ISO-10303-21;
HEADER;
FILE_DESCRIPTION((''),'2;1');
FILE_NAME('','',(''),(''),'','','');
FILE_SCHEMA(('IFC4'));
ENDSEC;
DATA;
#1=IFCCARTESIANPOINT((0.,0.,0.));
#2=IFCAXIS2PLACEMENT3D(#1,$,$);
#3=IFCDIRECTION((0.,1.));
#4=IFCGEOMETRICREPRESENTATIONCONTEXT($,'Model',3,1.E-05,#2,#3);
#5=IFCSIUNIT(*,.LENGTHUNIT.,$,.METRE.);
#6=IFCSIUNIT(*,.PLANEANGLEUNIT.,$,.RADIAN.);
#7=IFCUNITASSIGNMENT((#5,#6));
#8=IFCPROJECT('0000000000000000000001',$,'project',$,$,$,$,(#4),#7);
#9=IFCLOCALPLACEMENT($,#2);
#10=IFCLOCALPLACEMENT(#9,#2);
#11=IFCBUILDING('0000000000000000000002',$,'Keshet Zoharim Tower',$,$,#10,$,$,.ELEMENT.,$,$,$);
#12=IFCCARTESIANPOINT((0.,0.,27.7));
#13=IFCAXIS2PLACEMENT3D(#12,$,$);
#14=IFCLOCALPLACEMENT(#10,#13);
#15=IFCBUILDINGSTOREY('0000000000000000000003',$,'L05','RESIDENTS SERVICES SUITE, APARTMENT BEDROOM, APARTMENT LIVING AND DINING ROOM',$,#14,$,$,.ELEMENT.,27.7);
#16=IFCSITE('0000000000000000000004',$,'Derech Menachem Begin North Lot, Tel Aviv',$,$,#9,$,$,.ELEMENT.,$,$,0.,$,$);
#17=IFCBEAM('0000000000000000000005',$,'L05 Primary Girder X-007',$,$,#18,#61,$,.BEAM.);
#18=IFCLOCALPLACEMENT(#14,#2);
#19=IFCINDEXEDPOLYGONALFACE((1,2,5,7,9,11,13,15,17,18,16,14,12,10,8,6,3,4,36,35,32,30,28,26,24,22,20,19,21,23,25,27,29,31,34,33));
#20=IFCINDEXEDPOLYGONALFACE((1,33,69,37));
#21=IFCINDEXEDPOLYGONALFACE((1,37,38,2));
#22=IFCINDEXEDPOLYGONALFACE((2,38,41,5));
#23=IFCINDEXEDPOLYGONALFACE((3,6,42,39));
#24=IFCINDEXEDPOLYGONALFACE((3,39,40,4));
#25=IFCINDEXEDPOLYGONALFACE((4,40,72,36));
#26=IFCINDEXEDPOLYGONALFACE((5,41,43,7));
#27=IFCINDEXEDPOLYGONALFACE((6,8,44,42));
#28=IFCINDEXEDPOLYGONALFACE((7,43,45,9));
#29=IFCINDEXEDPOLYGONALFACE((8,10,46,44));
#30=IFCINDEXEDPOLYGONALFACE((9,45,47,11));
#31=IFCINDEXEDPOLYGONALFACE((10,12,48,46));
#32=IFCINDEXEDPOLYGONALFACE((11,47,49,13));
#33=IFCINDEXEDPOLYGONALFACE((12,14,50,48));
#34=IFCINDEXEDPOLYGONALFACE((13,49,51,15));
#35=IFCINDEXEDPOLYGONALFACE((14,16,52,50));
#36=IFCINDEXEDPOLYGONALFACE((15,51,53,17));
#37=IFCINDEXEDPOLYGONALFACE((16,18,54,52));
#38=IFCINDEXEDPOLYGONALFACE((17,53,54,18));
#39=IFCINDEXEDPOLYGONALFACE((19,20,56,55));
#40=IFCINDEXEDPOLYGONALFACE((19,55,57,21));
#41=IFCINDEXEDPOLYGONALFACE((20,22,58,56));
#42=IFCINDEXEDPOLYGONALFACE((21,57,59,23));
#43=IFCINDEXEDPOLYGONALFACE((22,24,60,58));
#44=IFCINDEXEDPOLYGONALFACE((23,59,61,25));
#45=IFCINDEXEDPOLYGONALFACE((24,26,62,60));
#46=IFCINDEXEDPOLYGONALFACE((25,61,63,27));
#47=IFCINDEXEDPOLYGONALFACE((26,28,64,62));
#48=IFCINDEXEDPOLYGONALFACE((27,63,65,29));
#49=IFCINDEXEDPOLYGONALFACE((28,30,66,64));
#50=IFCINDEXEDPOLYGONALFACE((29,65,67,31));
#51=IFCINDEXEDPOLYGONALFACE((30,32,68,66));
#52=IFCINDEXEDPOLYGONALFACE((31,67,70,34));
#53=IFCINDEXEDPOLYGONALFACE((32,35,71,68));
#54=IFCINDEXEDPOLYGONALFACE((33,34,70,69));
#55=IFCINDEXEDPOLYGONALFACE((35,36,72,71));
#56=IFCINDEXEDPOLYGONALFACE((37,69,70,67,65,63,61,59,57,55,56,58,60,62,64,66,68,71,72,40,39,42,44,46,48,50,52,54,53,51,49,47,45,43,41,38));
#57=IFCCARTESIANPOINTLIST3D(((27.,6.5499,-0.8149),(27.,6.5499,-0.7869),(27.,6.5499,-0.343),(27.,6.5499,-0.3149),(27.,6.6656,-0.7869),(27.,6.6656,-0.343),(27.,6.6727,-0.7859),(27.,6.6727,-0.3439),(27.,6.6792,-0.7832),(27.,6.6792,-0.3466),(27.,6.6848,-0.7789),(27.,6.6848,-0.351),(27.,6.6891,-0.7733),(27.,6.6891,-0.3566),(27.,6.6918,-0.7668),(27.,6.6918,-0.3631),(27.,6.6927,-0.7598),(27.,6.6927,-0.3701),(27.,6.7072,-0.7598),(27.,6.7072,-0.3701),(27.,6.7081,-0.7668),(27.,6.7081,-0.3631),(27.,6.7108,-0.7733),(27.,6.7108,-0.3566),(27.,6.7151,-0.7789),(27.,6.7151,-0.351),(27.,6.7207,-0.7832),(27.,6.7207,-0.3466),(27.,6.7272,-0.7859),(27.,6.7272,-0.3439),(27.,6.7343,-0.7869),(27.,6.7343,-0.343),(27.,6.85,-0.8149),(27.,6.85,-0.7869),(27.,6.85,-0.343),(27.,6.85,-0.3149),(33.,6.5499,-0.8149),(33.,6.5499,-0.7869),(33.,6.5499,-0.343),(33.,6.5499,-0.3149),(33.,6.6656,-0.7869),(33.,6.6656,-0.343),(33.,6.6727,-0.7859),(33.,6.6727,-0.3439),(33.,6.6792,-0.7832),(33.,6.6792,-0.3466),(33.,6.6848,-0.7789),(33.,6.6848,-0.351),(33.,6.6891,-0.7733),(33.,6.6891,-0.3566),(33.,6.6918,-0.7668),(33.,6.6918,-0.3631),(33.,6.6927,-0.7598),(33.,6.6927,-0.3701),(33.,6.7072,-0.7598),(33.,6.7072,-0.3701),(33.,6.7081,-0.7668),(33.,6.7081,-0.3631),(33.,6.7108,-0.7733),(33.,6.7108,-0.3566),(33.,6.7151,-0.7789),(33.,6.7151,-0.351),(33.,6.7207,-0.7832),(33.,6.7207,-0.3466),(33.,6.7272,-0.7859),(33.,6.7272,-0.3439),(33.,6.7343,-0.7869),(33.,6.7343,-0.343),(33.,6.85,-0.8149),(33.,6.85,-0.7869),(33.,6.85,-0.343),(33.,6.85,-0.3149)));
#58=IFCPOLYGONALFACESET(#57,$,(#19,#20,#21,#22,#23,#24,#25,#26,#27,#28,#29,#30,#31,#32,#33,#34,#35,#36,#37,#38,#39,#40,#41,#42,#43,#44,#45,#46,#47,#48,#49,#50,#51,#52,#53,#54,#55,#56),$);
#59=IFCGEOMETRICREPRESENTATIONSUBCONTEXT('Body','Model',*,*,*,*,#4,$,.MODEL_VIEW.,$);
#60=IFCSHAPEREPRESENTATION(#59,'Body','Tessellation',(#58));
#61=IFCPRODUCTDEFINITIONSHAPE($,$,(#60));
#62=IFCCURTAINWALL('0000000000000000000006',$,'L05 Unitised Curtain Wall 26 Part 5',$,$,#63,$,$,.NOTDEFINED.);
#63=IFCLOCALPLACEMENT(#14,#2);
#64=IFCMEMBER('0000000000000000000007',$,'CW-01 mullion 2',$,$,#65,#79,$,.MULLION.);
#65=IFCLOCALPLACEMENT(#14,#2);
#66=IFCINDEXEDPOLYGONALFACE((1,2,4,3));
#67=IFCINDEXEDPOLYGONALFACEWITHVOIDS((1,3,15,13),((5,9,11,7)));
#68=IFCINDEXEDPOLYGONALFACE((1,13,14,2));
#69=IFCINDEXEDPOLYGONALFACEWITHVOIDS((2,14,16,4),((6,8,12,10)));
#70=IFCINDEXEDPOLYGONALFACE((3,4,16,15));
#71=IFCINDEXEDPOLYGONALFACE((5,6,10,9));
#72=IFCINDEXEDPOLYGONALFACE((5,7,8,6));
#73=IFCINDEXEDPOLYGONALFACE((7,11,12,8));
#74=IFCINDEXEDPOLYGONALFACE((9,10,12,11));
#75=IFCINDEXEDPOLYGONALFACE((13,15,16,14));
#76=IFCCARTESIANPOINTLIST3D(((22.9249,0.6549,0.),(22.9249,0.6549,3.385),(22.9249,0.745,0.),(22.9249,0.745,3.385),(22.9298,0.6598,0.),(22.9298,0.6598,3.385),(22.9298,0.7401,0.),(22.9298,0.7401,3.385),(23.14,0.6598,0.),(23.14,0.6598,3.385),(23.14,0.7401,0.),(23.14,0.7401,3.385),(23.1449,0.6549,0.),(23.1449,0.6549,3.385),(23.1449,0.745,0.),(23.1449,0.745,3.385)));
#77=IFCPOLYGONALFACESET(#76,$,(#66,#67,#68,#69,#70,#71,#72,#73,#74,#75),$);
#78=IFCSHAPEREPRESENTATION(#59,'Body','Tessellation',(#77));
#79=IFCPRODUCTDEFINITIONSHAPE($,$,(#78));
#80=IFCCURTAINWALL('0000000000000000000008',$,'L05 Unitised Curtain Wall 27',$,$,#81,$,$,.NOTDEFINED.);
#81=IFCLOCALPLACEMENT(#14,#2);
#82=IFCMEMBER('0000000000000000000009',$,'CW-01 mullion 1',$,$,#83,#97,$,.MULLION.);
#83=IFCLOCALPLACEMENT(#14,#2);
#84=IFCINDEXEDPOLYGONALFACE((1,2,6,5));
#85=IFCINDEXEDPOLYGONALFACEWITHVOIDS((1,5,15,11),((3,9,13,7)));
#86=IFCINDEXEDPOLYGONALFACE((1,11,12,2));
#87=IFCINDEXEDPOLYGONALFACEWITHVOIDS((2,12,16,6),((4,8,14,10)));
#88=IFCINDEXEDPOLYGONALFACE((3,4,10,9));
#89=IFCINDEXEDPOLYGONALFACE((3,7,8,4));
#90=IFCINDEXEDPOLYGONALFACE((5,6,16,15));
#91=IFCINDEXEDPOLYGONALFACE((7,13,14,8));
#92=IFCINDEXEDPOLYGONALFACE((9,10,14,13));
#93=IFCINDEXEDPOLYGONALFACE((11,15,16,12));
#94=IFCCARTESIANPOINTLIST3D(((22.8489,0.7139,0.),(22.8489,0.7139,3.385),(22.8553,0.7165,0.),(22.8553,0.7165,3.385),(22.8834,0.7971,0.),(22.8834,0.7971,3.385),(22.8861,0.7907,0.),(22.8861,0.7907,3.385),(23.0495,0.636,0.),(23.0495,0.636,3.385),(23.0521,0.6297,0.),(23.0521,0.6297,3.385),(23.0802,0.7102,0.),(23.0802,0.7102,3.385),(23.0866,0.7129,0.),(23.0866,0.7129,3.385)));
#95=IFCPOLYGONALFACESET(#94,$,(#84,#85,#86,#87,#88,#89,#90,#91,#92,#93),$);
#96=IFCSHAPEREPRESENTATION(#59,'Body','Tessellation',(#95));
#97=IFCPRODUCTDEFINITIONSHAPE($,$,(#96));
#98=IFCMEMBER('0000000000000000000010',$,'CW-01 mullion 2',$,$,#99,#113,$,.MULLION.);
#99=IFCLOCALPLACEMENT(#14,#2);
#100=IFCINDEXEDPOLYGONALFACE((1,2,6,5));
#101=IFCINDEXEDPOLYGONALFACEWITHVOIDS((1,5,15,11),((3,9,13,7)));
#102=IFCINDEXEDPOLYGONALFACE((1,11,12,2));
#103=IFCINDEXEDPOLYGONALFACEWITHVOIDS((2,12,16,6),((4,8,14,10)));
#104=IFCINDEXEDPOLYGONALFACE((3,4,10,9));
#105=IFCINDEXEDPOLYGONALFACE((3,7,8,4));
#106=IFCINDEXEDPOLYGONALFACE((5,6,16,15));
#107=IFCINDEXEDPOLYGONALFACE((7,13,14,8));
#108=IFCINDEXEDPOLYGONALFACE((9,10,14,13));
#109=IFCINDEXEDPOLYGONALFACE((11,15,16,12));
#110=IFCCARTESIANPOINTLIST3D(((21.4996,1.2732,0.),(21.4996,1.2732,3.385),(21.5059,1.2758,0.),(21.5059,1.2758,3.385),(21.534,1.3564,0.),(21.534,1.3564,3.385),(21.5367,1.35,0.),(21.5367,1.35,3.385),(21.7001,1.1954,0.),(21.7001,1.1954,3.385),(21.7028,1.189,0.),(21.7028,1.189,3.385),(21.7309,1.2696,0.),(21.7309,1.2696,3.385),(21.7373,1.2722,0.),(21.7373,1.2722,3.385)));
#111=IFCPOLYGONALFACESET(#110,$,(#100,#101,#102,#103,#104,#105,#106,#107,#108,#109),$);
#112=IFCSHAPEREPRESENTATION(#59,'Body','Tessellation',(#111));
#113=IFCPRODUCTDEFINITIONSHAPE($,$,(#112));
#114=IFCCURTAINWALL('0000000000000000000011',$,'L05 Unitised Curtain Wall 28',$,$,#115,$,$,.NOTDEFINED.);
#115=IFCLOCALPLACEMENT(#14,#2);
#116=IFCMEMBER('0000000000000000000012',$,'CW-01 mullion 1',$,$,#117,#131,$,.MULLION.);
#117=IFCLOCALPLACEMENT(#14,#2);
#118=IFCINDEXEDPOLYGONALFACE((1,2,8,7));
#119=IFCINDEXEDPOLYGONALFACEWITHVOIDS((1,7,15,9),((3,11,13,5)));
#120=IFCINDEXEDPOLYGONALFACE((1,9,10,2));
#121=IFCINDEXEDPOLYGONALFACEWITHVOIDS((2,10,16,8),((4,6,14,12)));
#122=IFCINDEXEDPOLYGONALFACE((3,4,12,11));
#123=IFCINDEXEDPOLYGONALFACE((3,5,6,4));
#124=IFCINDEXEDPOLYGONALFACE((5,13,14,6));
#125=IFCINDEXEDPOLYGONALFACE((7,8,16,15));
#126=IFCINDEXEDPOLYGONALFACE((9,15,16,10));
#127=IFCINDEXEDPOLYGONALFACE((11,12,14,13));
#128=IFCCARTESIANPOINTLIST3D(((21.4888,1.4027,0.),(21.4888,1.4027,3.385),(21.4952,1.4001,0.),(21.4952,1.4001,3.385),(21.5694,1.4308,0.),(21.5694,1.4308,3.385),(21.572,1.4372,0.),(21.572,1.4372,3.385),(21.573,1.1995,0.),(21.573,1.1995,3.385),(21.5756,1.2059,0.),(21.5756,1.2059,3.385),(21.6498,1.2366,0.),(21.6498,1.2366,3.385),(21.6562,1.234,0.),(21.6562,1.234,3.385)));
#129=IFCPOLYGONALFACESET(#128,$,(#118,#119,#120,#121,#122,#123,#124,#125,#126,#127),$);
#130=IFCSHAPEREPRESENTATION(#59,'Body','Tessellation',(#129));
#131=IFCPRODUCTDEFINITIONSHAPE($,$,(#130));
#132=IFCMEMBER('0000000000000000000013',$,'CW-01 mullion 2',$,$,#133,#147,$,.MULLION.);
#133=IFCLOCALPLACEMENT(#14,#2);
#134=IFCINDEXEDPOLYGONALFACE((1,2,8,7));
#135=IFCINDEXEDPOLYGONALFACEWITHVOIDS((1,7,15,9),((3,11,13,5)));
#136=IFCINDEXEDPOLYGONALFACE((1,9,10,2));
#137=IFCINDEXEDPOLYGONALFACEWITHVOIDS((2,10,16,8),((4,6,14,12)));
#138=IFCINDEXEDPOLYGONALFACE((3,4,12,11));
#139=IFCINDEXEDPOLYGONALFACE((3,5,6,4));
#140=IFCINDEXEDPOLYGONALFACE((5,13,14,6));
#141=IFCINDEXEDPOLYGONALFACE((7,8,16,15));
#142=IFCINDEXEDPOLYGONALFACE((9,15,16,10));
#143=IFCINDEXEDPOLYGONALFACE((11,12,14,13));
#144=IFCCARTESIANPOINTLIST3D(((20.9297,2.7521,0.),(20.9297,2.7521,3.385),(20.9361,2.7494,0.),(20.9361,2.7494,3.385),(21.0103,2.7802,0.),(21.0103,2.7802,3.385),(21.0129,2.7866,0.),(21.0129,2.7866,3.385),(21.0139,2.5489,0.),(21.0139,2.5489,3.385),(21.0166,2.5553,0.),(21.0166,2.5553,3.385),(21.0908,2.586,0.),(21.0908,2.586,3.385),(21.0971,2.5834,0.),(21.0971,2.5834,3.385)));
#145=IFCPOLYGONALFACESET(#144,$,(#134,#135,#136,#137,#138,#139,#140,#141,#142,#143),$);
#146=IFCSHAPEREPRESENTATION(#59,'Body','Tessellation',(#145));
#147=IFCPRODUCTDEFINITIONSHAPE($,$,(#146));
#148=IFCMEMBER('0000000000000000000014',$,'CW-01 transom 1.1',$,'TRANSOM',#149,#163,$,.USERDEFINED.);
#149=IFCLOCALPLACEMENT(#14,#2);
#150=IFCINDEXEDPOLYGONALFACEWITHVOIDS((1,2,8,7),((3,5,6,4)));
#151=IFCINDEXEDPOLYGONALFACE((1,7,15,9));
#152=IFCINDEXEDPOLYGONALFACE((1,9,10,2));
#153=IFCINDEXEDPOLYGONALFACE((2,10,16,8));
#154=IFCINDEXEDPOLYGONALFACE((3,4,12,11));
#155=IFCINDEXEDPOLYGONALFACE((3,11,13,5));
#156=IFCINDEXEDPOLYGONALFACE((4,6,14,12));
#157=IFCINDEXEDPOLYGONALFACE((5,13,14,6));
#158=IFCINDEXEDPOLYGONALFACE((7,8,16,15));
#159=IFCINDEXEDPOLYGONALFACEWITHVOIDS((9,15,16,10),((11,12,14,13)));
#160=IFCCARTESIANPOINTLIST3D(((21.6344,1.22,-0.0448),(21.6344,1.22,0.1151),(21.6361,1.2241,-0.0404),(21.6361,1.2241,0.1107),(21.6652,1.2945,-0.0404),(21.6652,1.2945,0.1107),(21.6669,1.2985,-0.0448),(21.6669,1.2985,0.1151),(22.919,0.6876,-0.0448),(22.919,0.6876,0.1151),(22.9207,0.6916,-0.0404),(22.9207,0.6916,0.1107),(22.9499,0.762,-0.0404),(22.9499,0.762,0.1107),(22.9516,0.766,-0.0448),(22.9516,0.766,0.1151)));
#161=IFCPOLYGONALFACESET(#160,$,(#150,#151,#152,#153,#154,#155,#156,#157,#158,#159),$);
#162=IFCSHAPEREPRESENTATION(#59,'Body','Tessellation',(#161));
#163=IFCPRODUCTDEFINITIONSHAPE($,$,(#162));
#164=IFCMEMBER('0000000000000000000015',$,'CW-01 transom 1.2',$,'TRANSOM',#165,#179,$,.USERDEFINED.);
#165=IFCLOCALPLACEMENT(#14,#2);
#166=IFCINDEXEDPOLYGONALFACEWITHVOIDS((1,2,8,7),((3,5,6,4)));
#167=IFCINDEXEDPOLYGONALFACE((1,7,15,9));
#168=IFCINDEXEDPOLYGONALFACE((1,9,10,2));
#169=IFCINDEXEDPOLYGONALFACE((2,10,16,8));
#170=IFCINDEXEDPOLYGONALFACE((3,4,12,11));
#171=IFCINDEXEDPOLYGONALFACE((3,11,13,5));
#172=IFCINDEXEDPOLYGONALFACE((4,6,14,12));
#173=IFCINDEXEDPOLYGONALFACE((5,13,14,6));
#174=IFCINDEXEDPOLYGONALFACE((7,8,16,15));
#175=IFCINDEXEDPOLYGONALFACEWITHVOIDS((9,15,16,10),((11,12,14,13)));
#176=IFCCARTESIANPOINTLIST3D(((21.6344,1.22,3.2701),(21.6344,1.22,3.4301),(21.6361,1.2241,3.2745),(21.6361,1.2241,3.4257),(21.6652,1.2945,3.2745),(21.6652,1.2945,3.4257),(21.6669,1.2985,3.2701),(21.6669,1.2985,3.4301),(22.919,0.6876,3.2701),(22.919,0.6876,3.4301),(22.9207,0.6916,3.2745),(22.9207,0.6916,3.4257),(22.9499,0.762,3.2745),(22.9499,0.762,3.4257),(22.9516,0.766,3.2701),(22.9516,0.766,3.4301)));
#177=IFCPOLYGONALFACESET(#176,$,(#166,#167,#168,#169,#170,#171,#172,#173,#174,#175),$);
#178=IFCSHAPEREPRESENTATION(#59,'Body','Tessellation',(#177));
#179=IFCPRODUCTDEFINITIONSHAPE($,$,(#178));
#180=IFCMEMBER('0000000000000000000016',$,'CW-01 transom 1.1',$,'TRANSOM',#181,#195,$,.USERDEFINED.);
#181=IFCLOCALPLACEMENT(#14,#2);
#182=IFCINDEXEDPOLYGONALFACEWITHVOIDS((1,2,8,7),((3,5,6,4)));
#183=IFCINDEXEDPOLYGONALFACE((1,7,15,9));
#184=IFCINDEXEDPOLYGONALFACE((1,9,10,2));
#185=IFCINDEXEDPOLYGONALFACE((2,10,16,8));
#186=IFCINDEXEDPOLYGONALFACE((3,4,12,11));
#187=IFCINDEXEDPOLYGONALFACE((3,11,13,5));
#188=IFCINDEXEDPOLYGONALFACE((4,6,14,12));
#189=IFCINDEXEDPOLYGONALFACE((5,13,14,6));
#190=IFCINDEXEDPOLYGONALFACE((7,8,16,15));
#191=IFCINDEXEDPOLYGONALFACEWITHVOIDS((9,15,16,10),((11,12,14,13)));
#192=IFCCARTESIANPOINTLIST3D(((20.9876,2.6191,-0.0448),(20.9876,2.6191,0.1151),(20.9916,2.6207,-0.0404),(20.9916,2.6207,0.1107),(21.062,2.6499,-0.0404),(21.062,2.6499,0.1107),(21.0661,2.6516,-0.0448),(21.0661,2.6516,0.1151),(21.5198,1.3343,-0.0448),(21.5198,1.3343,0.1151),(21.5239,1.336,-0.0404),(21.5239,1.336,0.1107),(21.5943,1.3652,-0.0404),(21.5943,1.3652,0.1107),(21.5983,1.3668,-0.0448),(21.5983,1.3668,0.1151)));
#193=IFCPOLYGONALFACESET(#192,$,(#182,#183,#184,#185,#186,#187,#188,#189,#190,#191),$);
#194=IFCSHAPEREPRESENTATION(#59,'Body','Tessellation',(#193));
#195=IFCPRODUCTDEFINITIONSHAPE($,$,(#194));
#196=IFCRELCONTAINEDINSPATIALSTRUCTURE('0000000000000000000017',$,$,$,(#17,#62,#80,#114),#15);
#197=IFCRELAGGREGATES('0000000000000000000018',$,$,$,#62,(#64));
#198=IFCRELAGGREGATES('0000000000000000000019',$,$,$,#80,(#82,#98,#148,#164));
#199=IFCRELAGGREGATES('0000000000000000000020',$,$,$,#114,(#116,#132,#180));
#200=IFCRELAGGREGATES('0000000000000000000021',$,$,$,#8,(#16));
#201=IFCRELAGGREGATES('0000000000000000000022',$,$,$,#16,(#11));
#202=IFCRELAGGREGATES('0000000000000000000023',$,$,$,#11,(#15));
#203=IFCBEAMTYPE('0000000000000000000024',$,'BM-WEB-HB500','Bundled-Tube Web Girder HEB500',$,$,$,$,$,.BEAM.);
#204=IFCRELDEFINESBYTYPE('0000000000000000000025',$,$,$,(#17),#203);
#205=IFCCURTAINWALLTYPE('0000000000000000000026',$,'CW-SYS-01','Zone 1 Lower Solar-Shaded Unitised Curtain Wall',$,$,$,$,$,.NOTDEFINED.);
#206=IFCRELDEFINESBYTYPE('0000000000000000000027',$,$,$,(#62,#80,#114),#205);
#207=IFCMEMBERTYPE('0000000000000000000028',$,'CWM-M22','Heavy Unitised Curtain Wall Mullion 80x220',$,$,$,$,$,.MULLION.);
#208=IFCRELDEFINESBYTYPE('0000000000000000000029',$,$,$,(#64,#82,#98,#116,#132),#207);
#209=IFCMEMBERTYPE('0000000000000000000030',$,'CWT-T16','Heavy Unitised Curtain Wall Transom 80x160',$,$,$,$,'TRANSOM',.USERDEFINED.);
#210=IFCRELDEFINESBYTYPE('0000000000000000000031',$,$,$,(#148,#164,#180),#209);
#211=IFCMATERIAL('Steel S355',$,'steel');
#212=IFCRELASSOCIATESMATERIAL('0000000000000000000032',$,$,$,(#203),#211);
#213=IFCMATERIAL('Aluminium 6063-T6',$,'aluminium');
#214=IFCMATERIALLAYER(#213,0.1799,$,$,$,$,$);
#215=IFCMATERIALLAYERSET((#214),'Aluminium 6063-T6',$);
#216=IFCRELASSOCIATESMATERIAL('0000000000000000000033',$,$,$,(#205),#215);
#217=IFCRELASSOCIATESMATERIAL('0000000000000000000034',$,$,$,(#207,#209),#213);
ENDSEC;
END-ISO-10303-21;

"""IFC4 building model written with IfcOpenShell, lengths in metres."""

from ifc_helpers import new_model, si_unit, direction, frame, origin, origin_2d, place, context, subcontext, project, spatial, hollow_rectangle, i_section, extrude, material, layer, layer_set, material_profile, profile_set, type_object, element, aggregate, save


model = new_model("IFC4")

# Units and contexts
model_context = context("Model", 3, precision=1e-05, world=origin(), true_north=direction((0.0, 1.0)))
body_context = subcontext(model_context, "Body", "Model", "MODEL_VIEW")
ifc_project = project(units=[si_unit("LENGTHUNIT", "METRE"), si_unit("PLANEANGLEUNIT", "RADIAN")], contexts=[model_context])

# Site, building, storey
site_placement = place(None, origin())
site = spatial("IfcSite", under=ifc_project, at=site_placement, Name="Derech Menachem Begin North Lot, Tel Aviv", CompositionType="ELEMENT", RefElevation=0.0)
building_placement = place(site_placement, origin())
building = spatial("IfcBuilding", under=site, at=building_placement, Name="Keshet Zoharim Tower", CompositionType="ELEMENT")
storey_placement = place(building_placement, frame((0.0, 0.0, 27.7)))
storey = spatial("IfcBuildingStorey", under=building, at=storey_placement, Name="L05", Description="RESIDENTS SERVICES SUITE, APARTMENT BEDROOM, APARTMENT LIVING AND DINING ROOM", CompositionType="ELEMENT", Elevation=27.7)

# Shared definitions
ifc_material_1 = material(Name="Steel S355", Category="steel")

# Beam
ifc_material_profile_1 = material_profile(ifc_material_1, i_section(OverallWidth=0.3, OverallDepth=0.5, WebThickness=0.0144, FlangeThickness=0.0281, FilletRadius=0.0271, at=origin_2d()), Name="HEB500")
ifc_profile_set_1 = profile_set([ifc_material_profile_1], Name="Steel S355")
beam_type_1 = type_object("IfcBeamType", Name="BM-WEB-HB500", Description="Bundled-Tube Web Girder HEB500", PredefinedType="BEAM", material=ifc_profile_set_1)
for number, where, z_axis, x_axis, name in (
    (1, (27.0, 6.7, -0.5649), (1.0, 0.0, 0.0), (0.0, 1.0, 0.0), "L05 Primary Girder X-007"),
):
    element("IfcBeam", number, at=place(storey_placement, frame(where, z_axis=z_axis, x_axis=x_axis)), inside=storey, type_object=beam_type_1, Name=name, PredefinedType="BEAM", context=body_context, shape_type="SweptSolid", body=[
        extrude(i_section(OverallWidth=0.3, OverallDepth=0.5, WebThickness=0.0144, FlangeThickness=0.0281, FilletRadius=0.0271, at=origin_2d()), origin(), (0.0, 0.0, 1.0), 6.0),
    ])

# Curtain wall, member
ifc_material_2 = material(Name="Aluminium 6063-T6", Category="aluminium")
ifc_layer_1 = layer(ifc_material_2, 0.1799)
ifc_layer_set_1 = layer_set([ifc_layer_1], Name="Aluminium 6063-T6")
curtain_wall_type = type_object("IfcCurtainWallType", Name="CW-SYS-01", Description="Zone 1 Lower Solar-Shaded Unitised Curtain Wall", PredefinedType="NOTDEFINED", material=ifc_layer_set_1)
curtain_wall_1_placement = place(storey_placement, origin())
curtain_wall_1 = element("IfcCurtainWall", 2, at=curtain_wall_1_placement, inside=storey, type_object=curtain_wall_type, Name="L05 Unitised Curtain Wall 26 Part 5", PredefinedType="NOTDEFINED")
ifc_material_profile_2 = material_profile(ifc_material_2, hollow_rectangle(XDim=0.0901, YDim=0.22, WallThickness=0.0049, at=origin_2d()), Name="MUL-90x220")
ifc_profile_set_2 = profile_set([ifc_material_profile_2], Name="Aluminium 6063-T6")
member_type_1 = type_object("IfcMemberType", Name="CWM-M22", Description="Heavy Unitised Curtain Wall Mullion 80x220", PredefinedType="MULLION", material=ifc_profile_set_2)
member_1_placement = place(storey_placement, frame((23.0349, 0.7, 0.0), z_axis=(0.0, 0.0, 1.0), x_axis=(0.0, -1.0, 0.0)))
member_1 = element("IfcMember", 3, at=member_1_placement, type_object=member_type_1, Name="CW-01 mullion 2", PredefinedType="MULLION", context=body_context, shape_type="SweptSolid", body=[
    extrude(hollow_rectangle(XDim=0.0901, YDim=0.22, WallThickness=0.0049, at=origin_2d()), origin(), (0.0, 0.0, 1.0), 3.385),
])
aggregate(curtain_wall_1, [member_1])

# Curtain walls, members
curtain_wall_2_placement = place(storey_placement, origin())
curtain_wall_2 = element("IfcCurtainWall", 4, at=curtain_wall_2_placement, inside=storey, type_object=curtain_wall_type, Name="L05 Unitised Curtain Wall 27", PredefinedType="NOTDEFINED")
member_2_placement = place(storey_placement, frame((22.9678, 0.7134, 0.0), z_axis=(0.0, 0.0, 1.0), x_axis=(-0.382852, -0.92381, 0.0)))
member_2 = element("IfcMember", 5, at=member_2_placement, type_object=member_type_1, Name="CW-01 mullion 1", PredefinedType="MULLION", context=body_context, shape_type="SweptSolid", body=[
    extrude(hollow_rectangle(XDim=0.0901, YDim=0.22, WallThickness=0.0049, at=origin_2d()), origin(), (0.0, 0.0, 1.0), 3.385),
])
member_3_placement = place(storey_placement, frame((21.6184, 1.2727, 0.0), z_axis=(0.0, 0.0, 1.0), x_axis=(-0.382852, -0.92381, 0.0)))
member_3 = element("IfcMember", 6, at=member_3_placement, type_object=member_type_1, Name="CW-01 mullion 2", PredefinedType="MULLION", context=body_context, shape_type="SweptSolid", body=[
    extrude(hollow_rectangle(XDim=0.0901, YDim=0.22, WallThickness=0.0049, at=origin_2d()), origin(), (0.0, 0.0, 1.0), 3.385),
])
curtain_wall_3_placement = place(storey_placement, origin())
curtain_wall_3 = element("IfcCurtainWall", 7, at=curtain_wall_3_placement, inside=storey, type_object=curtain_wall_type, Name="L05 Unitised Curtain Wall 28", PredefinedType="NOTDEFINED")
member_4_placement = place(storey_placement, frame((21.5725, 1.3184, 0.0), z_axis=(0.0, 0.0, 1.0), x_axis=(-0.92381, -0.382852, 0.0)))
member_4 = element("IfcMember", 8, at=member_4_placement, type_object=member_type_1, Name="CW-01 mullion 1", PredefinedType="MULLION", context=body_context, shape_type="SweptSolid", body=[
    extrude(hollow_rectangle(XDim=0.0901, YDim=0.22, WallThickness=0.0049, at=origin_2d()), origin(), (0.0, 0.0, 1.0), 3.385),
])
member_5_placement = place(storey_placement, frame((21.0134, 2.6677, 0.0), z_axis=(0.0, 0.0, 1.0), x_axis=(-0.92381, -0.382852, 0.0)))
member_5 = element("IfcMember", 9, at=member_5_placement, type_object=member_type_1, Name="CW-01 mullion 2", PredefinedType="MULLION", context=body_context, shape_type="SweptSolid", body=[
    extrude(hollow_rectangle(XDim=0.0901, YDim=0.22, WallThickness=0.0049, at=origin_2d()), origin(), (0.0, 0.0, 1.0), 3.385),
])

# Members
ifc_material_profile_3 = material_profile(ifc_material_2, hollow_rectangle(XDim=0.085, YDim=0.1599, WallThickness=0.0044, at=origin_2d()), Name="TRN-85x160")
ifc_profile_set_3 = profile_set([ifc_material_profile_3], Name="Aluminium 6063-T6")
member_type_2 = type_object("IfcMemberType", Name="CWT-T16", Description="Heavy Unitised Curtain Wall Transom 80x160", ElementType="TRANSOM", PredefinedType="USERDEFINED", material=ifc_profile_set_3)
member_6_placement = place(storey_placement, frame((22.9353, 0.7268, 0.0352), z_axis=(-0.923792, 0.382894, 0.0), x_axis=(-0.382894, -0.923792, 0.0)))
member_6 = element("IfcMember", 10, at=member_6_placement, type_object=member_type_2, Name="CW-01 transom 1.1", ObjectType="TRANSOM", PredefinedType="USERDEFINED", context=body_context, shape_type="SweptSolid", body=[
    extrude(hollow_rectangle(XDim=0.085, YDim=0.1599, WallThickness=0.0044, at=origin_2d()), origin(), (0.0, 0.0, 1.0), 1.3906),
])
member_7_placement = place(storey_placement, frame((22.9353, 0.7268, 3.3501), z_axis=(-0.923792, 0.382894, 0.0), x_axis=(-0.382894, -0.923792, 0.0)))
member_7 = element("IfcMember", 11, at=member_7_placement, type_object=member_type_2, Name="CW-01 transom 1.2", ObjectType="TRANSOM", PredefinedType="USERDEFINED", context=body_context, shape_type="SweptSolid", body=[
    extrude(hollow_rectangle(XDim=0.085, YDim=0.1599, WallThickness=0.0044, at=origin_2d()), origin(), (0.0, 0.0, 1.0), 1.3906),
])
member_8_placement = place(storey_placement, frame((21.5591, 1.3506, 0.0352), z_axis=(-0.382745, 0.923854, 0.0), x_axis=(-0.923854, -0.382745, 0.0)))
member_8 = element("IfcMember", 12, at=member_8_placement, type_object=member_type_2, Name="CW-01 transom 1.1", ObjectType="TRANSOM", PredefinedType="USERDEFINED", context=body_context, shape_type="SweptSolid", body=[
    extrude(hollow_rectangle(XDim=0.085, YDim=0.1599, WallThickness=0.0044, at=origin_2d()), origin(), (0.0, 0.0, 1.0), 1.3906),
])

aggregate(curtain_wall_2, [member_2, member_3, member_6, member_7])
aggregate(curtain_wall_3, [member_4, member_5, member_8])

save(model, "model.ifc")
